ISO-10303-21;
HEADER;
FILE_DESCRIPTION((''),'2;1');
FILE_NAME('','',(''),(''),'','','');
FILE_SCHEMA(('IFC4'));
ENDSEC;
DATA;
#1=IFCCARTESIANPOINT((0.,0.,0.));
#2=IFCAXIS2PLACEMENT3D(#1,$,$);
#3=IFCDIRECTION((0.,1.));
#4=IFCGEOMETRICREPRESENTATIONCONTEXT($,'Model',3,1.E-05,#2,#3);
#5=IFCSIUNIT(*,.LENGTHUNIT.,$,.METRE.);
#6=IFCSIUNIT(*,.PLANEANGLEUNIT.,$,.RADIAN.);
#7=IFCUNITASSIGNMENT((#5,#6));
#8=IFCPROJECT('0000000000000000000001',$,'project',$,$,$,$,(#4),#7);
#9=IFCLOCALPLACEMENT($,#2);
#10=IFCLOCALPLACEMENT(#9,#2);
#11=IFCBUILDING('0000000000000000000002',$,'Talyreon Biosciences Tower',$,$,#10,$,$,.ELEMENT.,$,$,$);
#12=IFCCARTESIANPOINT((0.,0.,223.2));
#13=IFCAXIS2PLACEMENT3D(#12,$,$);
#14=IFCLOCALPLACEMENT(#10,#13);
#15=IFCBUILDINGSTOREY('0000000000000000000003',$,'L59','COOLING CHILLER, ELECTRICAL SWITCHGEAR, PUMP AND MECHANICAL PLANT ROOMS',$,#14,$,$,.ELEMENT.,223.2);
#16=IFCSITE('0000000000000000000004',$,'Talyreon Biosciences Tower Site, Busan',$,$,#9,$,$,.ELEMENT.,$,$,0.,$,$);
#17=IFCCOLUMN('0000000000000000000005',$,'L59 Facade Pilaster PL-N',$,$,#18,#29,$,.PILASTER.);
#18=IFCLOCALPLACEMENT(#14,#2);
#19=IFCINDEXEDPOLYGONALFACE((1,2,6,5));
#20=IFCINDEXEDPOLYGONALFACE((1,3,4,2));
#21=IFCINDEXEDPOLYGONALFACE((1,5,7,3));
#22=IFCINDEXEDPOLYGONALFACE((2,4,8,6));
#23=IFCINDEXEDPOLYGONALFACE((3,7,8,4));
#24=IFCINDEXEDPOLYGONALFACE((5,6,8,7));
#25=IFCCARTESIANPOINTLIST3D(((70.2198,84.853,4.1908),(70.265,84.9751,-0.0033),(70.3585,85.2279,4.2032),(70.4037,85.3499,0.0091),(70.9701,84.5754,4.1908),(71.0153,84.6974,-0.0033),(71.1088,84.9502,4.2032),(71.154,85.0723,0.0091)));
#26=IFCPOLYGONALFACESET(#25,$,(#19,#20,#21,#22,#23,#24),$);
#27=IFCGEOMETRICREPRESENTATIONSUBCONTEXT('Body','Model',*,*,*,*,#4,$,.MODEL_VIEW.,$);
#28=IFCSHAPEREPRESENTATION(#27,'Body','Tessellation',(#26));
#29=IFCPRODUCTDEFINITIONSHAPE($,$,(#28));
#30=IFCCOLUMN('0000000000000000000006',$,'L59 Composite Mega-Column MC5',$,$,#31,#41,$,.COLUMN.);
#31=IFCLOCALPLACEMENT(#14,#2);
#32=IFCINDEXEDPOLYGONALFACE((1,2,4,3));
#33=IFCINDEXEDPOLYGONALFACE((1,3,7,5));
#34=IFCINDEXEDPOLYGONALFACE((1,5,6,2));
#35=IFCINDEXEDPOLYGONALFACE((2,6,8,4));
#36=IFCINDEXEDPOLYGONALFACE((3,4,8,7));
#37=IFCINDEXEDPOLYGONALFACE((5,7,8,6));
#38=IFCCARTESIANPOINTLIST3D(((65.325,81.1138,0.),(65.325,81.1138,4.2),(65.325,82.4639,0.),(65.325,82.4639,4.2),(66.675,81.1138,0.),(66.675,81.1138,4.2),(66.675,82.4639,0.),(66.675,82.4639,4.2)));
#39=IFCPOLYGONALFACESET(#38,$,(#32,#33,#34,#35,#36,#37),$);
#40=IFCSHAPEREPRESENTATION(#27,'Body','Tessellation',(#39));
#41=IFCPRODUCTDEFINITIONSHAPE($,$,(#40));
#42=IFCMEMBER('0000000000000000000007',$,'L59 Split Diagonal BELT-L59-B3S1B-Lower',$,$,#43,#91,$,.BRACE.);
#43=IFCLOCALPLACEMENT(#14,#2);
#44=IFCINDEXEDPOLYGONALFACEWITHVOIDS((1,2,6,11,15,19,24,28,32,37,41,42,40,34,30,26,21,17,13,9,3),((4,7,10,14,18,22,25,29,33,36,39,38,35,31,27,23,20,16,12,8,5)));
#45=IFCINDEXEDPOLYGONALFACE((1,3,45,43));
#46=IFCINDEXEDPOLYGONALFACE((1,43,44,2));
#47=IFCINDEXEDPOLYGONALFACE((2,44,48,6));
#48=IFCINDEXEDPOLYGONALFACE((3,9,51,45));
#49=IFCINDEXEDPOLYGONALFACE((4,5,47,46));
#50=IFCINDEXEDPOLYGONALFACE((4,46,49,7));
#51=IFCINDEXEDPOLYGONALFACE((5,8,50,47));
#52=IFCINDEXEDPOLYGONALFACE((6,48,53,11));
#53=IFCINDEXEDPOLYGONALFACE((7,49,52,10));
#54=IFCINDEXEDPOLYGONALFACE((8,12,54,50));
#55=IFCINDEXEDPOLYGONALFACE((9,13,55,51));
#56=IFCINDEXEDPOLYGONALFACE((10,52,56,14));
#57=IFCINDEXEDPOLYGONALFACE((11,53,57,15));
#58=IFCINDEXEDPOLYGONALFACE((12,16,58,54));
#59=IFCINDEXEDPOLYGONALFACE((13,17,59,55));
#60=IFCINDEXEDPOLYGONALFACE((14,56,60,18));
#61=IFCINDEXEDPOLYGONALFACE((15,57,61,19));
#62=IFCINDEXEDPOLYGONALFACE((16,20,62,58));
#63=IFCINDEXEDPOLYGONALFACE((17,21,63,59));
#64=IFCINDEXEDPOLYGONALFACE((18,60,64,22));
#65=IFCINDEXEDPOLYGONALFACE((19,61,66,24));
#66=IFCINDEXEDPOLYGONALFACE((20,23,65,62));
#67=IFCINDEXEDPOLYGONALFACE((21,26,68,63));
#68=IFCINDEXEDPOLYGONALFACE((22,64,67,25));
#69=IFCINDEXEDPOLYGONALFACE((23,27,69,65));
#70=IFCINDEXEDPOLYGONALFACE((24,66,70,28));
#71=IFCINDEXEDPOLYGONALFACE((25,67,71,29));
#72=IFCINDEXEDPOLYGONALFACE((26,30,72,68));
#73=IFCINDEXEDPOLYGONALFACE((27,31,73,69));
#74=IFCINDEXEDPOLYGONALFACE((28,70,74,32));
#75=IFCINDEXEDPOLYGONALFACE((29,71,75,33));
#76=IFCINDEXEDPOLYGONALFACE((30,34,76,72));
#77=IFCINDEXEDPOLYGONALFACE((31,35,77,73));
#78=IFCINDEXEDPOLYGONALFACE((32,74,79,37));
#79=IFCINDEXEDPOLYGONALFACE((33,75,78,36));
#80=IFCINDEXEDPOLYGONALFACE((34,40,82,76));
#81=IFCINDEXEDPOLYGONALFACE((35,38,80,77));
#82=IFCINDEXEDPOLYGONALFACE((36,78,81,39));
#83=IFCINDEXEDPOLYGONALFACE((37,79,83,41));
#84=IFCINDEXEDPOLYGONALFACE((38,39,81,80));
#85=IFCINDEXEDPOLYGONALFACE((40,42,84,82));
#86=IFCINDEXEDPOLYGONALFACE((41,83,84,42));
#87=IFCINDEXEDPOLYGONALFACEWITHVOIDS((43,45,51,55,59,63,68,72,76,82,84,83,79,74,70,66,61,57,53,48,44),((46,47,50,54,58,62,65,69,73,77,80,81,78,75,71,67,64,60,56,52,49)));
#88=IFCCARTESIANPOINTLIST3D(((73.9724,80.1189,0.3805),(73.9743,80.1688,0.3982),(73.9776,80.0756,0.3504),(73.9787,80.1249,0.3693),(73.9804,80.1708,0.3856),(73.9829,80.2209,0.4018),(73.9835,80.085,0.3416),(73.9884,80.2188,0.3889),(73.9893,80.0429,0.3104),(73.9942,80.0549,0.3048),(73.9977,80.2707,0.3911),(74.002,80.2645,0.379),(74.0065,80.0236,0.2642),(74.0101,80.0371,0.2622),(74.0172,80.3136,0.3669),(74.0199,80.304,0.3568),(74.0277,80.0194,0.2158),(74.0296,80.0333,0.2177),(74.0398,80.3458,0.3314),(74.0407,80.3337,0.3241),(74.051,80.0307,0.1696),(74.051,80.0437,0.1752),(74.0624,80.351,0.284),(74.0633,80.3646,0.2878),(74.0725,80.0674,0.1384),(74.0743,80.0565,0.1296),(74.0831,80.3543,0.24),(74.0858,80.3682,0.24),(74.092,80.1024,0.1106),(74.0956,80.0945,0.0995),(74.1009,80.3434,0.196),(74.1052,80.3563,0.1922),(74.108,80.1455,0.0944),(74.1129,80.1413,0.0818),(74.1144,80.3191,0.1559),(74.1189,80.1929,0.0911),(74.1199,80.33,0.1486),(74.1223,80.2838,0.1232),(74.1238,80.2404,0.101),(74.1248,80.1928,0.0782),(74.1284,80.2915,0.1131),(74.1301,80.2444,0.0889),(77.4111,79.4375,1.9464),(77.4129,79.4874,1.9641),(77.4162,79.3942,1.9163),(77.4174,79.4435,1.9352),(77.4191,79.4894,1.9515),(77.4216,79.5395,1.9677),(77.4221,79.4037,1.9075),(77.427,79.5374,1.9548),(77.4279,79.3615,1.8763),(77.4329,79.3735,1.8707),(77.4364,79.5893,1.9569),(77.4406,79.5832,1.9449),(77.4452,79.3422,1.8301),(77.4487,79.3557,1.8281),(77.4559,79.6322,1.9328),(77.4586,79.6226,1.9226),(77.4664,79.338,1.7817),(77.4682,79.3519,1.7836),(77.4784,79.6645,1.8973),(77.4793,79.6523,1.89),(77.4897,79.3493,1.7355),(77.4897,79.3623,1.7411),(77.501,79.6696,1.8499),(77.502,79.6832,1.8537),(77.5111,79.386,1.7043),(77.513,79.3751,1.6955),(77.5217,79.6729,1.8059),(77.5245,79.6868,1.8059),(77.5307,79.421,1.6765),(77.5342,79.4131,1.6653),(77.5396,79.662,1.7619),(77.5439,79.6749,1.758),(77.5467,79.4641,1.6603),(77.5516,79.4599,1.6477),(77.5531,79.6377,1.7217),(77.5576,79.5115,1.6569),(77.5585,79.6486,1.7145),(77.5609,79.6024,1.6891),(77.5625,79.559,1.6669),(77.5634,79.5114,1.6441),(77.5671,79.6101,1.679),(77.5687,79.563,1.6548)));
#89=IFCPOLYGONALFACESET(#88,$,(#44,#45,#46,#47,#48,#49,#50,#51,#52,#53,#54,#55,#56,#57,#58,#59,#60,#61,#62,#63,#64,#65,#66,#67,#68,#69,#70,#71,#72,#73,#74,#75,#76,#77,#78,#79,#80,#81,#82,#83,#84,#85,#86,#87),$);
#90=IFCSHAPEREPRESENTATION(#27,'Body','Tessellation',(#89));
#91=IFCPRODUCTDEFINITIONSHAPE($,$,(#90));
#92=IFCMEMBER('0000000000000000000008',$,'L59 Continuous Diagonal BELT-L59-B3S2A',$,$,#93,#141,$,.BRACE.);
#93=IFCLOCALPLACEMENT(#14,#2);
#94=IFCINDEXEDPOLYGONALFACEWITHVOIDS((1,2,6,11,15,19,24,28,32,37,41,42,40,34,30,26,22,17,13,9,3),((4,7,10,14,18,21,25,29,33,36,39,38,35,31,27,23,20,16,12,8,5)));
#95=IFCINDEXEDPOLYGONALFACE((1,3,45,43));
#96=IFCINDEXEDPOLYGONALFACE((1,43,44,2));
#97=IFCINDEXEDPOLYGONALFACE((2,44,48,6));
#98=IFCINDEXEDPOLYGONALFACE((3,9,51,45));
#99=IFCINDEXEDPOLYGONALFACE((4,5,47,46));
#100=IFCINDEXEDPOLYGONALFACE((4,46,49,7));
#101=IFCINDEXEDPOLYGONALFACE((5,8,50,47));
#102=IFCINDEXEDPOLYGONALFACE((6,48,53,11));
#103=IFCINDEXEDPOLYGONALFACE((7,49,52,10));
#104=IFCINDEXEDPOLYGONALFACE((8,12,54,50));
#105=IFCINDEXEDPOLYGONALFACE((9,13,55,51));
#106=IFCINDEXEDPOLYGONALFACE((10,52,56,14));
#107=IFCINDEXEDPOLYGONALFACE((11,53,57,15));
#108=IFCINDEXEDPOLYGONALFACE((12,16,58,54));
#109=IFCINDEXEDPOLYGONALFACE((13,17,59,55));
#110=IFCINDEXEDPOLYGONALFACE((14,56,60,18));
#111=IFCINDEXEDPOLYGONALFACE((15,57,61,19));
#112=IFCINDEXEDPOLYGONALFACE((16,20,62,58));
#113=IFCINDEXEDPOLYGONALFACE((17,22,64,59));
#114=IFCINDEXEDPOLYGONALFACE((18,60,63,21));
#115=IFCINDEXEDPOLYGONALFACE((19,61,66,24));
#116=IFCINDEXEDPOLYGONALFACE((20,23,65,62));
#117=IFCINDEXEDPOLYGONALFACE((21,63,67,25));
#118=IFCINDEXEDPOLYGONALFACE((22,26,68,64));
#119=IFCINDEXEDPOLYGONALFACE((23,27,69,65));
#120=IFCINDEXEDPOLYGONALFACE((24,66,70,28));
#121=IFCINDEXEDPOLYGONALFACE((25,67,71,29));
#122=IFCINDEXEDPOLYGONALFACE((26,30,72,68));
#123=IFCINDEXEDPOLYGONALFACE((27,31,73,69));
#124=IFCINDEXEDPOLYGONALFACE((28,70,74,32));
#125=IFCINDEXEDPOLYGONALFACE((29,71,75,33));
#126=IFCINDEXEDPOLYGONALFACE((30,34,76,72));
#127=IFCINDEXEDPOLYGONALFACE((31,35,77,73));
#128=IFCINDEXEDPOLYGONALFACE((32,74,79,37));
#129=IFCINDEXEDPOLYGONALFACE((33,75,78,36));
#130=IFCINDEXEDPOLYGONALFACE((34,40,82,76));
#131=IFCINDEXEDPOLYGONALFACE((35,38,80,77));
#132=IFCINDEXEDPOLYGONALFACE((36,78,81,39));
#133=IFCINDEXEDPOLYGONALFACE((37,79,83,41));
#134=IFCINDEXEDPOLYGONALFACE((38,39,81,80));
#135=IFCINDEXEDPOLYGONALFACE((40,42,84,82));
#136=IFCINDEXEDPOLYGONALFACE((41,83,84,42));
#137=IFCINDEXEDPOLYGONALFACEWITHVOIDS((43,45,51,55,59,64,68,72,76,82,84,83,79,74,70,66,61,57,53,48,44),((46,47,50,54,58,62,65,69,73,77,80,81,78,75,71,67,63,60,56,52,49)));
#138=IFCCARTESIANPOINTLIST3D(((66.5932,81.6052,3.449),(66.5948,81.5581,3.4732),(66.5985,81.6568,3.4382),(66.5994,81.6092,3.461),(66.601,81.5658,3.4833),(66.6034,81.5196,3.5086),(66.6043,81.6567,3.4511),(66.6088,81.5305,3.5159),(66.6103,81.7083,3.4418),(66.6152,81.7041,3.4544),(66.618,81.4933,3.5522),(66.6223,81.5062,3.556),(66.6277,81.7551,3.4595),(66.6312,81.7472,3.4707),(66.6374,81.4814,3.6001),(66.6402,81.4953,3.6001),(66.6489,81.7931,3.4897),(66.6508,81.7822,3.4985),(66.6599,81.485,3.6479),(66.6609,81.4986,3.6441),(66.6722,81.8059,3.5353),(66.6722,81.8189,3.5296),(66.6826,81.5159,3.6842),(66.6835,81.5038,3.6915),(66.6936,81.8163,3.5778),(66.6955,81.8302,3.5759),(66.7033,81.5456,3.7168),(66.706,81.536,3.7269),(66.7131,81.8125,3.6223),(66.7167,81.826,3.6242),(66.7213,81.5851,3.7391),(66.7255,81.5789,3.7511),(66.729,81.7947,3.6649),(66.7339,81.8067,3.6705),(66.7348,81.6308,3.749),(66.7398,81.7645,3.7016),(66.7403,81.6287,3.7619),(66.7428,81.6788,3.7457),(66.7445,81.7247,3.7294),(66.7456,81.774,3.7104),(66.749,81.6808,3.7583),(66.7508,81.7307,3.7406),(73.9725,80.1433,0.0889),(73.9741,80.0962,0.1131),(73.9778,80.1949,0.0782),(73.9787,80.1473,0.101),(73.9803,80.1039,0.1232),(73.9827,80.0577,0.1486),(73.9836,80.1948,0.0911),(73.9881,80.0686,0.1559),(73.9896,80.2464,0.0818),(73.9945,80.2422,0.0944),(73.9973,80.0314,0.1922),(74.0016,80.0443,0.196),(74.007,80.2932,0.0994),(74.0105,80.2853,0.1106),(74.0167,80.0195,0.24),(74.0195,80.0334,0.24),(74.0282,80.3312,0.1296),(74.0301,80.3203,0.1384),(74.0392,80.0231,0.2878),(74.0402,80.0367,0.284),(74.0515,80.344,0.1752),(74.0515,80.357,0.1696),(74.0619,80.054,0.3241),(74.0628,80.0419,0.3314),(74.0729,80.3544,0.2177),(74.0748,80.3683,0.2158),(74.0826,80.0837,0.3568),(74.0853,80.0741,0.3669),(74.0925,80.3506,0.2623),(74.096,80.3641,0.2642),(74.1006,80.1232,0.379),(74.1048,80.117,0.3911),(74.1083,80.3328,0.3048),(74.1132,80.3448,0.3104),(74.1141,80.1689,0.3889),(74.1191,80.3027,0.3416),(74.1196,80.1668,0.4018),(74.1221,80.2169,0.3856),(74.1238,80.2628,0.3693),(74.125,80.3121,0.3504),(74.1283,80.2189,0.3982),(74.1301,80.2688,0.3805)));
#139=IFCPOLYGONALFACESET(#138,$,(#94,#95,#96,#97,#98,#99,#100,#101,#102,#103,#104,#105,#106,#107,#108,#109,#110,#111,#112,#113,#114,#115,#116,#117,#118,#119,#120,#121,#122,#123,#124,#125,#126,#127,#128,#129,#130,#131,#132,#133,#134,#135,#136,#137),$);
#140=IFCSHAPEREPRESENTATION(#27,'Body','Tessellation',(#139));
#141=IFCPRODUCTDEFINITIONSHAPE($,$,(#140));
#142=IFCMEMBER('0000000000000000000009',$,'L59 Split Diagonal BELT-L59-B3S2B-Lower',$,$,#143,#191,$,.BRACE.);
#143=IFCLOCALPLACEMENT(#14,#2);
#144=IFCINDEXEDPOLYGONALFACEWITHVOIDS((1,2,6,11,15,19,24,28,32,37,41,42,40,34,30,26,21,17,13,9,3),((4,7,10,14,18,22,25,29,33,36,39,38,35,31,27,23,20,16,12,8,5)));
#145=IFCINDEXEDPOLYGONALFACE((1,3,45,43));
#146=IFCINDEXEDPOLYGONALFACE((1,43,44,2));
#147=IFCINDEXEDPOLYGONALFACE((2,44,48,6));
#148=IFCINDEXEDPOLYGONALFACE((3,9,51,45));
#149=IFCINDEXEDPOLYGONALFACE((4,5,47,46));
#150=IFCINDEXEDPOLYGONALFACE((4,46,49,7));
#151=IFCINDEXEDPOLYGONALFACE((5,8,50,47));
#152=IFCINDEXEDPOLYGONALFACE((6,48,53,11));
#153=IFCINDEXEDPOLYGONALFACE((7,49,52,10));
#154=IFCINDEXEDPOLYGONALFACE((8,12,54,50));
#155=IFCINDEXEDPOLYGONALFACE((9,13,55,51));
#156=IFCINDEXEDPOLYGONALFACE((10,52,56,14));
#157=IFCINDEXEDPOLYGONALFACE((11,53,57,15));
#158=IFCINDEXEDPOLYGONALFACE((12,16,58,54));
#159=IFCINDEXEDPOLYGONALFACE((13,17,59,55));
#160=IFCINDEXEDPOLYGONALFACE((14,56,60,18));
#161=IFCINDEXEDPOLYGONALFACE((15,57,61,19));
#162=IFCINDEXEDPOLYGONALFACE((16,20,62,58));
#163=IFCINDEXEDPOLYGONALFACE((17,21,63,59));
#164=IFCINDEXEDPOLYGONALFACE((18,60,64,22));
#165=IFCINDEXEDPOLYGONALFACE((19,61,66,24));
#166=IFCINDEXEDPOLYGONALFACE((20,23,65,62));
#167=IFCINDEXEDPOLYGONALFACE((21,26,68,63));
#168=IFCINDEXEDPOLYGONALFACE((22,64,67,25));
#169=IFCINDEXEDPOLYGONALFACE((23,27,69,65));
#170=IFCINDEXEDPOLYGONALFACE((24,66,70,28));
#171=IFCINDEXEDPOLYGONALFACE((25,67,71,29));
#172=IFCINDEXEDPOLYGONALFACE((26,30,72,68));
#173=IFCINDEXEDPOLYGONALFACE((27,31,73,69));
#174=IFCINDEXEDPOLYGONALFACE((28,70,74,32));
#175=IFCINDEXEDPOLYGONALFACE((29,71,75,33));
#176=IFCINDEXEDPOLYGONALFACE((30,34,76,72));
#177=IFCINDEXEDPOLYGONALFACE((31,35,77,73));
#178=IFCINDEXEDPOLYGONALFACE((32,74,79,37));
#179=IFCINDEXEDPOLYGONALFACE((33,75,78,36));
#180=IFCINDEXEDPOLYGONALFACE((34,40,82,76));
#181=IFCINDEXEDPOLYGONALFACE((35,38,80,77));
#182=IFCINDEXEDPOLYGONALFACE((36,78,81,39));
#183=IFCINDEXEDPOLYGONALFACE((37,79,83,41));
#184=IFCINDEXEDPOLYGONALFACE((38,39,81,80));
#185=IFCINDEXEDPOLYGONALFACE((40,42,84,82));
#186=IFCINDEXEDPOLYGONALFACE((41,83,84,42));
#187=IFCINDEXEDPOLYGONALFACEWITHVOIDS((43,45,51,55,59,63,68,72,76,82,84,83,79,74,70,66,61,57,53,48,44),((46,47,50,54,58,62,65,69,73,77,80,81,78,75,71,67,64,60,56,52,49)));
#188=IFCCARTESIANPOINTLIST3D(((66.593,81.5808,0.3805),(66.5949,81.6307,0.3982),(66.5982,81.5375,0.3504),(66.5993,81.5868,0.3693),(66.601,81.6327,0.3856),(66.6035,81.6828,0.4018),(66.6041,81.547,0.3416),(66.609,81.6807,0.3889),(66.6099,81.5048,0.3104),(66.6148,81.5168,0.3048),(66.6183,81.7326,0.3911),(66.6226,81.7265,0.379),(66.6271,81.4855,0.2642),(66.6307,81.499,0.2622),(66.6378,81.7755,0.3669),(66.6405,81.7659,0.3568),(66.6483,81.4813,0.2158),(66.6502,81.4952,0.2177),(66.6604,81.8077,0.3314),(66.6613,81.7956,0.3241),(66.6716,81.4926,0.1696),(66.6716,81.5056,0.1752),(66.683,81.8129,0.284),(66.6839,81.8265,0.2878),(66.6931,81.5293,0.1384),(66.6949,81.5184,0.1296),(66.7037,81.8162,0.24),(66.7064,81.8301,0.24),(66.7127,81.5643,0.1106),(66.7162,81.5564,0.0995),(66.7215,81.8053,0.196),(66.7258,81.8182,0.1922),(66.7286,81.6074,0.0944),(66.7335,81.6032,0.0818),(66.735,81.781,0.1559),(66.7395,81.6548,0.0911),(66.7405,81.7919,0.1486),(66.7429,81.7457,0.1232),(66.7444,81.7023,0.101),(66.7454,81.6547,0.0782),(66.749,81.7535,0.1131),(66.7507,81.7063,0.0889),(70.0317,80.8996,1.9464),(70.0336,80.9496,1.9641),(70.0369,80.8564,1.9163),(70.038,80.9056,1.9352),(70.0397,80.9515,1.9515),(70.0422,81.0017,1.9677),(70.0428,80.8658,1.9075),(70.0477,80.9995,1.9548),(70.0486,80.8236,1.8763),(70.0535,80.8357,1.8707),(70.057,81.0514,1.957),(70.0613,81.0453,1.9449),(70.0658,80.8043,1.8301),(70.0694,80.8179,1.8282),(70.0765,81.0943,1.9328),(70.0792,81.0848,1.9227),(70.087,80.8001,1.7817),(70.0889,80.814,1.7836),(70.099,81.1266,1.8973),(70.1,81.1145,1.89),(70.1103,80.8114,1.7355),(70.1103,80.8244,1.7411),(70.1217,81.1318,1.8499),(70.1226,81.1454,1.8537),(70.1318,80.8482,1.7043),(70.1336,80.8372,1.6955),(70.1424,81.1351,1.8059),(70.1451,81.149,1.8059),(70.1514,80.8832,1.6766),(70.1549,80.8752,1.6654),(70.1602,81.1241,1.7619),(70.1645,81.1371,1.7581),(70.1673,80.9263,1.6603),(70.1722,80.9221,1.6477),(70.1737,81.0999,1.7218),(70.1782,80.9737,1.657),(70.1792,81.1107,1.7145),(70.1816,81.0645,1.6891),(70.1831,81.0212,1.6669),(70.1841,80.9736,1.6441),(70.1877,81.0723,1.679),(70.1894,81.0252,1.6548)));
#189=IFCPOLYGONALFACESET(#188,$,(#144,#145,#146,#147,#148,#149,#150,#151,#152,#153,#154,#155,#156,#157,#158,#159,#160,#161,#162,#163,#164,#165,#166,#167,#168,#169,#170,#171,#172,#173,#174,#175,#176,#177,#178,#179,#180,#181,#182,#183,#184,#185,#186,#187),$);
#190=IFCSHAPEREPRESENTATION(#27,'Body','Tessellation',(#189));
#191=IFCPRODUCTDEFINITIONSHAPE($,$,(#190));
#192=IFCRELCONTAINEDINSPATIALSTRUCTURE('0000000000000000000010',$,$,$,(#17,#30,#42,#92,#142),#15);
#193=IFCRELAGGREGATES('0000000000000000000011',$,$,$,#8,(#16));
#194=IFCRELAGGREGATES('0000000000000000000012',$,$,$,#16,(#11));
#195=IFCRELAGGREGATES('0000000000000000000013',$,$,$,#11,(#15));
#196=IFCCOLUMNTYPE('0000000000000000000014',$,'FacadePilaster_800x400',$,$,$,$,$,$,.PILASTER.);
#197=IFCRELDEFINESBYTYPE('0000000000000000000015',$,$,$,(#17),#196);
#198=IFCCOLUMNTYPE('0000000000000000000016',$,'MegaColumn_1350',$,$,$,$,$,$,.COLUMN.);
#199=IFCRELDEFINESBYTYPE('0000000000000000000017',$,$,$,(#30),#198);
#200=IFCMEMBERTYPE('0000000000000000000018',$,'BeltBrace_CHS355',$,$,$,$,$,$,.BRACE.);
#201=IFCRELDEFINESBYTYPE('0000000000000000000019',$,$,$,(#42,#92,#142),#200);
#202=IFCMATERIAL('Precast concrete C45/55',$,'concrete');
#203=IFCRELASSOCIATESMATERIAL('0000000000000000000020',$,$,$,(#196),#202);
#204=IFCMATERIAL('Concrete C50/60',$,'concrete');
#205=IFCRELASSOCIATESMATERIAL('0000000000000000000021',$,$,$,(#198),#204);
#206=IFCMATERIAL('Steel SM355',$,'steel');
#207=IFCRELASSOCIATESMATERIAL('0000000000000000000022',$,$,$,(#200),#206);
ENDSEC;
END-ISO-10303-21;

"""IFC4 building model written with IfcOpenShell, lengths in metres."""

from ifc_helpers import new_model, si_unit, direction, frame, origin, origin_2d, place, context, subcontext, project, spatial, rectangle, hollow_circle, extrude, material, material_profile, profile_set, type_object, element, save


model = new_model("IFC4")

# Units and contexts
model_context = context("Model", 3, precision=1e-05, world=origin(), true_north=direction((0.0, 1.0)))
body_context = subcontext(model_context, "Body", "Model", "MODEL_VIEW")
ifc_project = project(units=[si_unit("LENGTHUNIT", "METRE"), si_unit("PLANEANGLEUNIT", "RADIAN")], contexts=[model_context])

# Site, building, storey
site_placement = place(None, origin())
site = spatial("IfcSite", under=ifc_project, at=site_placement, Name="Talyreon Biosciences Tower Site, Busan", CompositionType="ELEMENT", RefElevation=0.0)
building_placement = place(site_placement, origin())
building = spatial("IfcBuilding", under=site, at=building_placement, Name="Talyreon Biosciences Tower", CompositionType="ELEMENT")
storey_placement = place(building_placement, frame((0.0, 0.0, 223.2)))
storey = spatial("IfcBuildingStorey", under=building, at=storey_placement, Name="L59", Description="COOLING CHILLER, ELECTRICAL SWITCHGEAR, PUMP AND MECHANICAL PLANT ROOMS", CompositionType="ELEMENT", Elevation=223.2)

# Columns
ifc_material_1 = material(Name="Precast concrete C45/55", Category="concrete")
ifc_material_profile_1 = material_profile(ifc_material_1, rectangle(XDim=0.8, YDim=0.3999, at=origin_2d()), Name="RC 800x400")
ifc_profile_set_1 = profile_set([ifc_material_profile_1], Name="Precast concrete C45/55")
column_type_1 = type_object("IfcColumnType", Name="FacadePilaster_800x400", PredefinedType="PILASTER", material=ifc_profile_set_1)
column_1_placement = place(storey_placement, frame((70.7095, 85.0237, 0.0029), z_axis=(-0.010764, -0.029091, 0.999519), x_axis=(-0.937862, 0.347009, 0.0)))
element("IfcColumn", 1, at=column_1_placement, inside=storey, type_object=column_type_1, Name="L59 Facade Pilaster PL-N", PredefinedType="PILASTER", context=body_context, shape_type="SweptSolid", body=[
    extrude(rectangle(XDim=0.8, YDim=0.3999, at=origin_2d()), origin(), (0.0, 0.0, 1.0), 4.196),
])
ifc_material_2 = material(Name="Concrete C50/60", Category="concrete")
ifc_material_profile_2 = material_profile(ifc_material_2, rectangle(XDim=1.3501, YDim=1.3501, at=origin_2d()), Name="RC 1350x1350")
ifc_profile_set_2 = profile_set([ifc_material_profile_2], Name="Concrete C50/60")
column_type_2 = type_object("IfcColumnType", Name="MegaColumn_1350", PredefinedType="COLUMN", material=ifc_profile_set_2)
column_2_placement = place(storey_placement, frame((66.0, 81.7888, 0.0), z_axis=(0.0, 0.0, 1.0), x_axis=(1.0, 0.0, 0.0)))
element("IfcColumn", 2, at=column_2_placement, inside=storey, type_object=column_type_2, Name="L59 Composite Mega-Column MC5", PredefinedType="COLUMN", context=body_context, shape_type="SweptSolid", body=[
    extrude(rectangle(XDim=1.3501, YDim=1.3501, at=origin_2d()), origin(), (0.0, 0.0, 1.0), 4.2),
])

# Members
ifc_material_3 = material(Name="Steel SM355", Category="steel")
ifc_material_profile_3 = material_profile(ifc_material_3, hollow_circle(Radius=0.1777, WallThickness=0.0142, at=origin_2d()), Name="CHS 355.6x14.2")
ifc_profile_set_3 = profile_set([ifc_material_profile_3], Name="Steel SM355")
member_type_1 = type_object("IfcMemberType", Name="BeltBrace_CHS355", PredefinedType="BRACE", material=ifc_profile_set_3)
member_1_placement = place(storey_placement, frame((74.0513, 80.1938, 0.24), z_axis=(0.895634, -0.177473, 0.407852), x_axis=(0.194375, 0.980927, 0.0)))
element("IfcMember", 3, at=member_1_placement, inside=storey, type_object=member_type_1, Name="L59 Split Diagonal BELT-L59-B3S1B-Lower", PredefinedType="BRACE", context=body_context, shape_type="SweptSolid", body=[
    extrude(hollow_circle(Radius=0.1777, WallThickness=0.0142, at=origin_2d()), origin(), (0.0, 0.0, 1.0), 3.8394),
])
member_2_placement = place(storey_placement, frame((74.0513, 80.1938, 0.24), z_axis=(-0.895654, 0.177436, 0.407824), x_axis=(-0.194331, -0.980936, 0.0)))
element("IfcMember", 4, at=member_2_placement, inside=storey, type_object=member_type_1, Name="L59 Continuous Diagonal BELT-L59-B3S2A", PredefinedType="BRACE", context=body_context, shape_type="SweptSolid", body=[
    extrude(hollow_circle(Radius=0.1777, WallThickness=0.0142, at=origin_2d()), origin(), (0.0, 0.0, 1.0), 8.239),
])
member_3_placement = place(storey_placement, frame((66.6719, 81.6558, 0.24), z_axis=(0.895644, -0.177412, 0.407857), x_axis=(0.194308, 0.980941, 0.0)))
element("IfcMember", 5, at=member_3_placement, inside=storey, type_object=member_type_1, Name="L59 Split Diagonal BELT-L59-B3S2B-Lower", PredefinedType="BRACE", context=body_context, shape_type="SweptSolid", body=[
    extrude(hollow_circle(Radius=0.1777, WallThickness=0.0142, at=origin_2d()), origin(), (0.0, 0.0, 1.0), 3.8394),
])

save(model, "model.ifc")
